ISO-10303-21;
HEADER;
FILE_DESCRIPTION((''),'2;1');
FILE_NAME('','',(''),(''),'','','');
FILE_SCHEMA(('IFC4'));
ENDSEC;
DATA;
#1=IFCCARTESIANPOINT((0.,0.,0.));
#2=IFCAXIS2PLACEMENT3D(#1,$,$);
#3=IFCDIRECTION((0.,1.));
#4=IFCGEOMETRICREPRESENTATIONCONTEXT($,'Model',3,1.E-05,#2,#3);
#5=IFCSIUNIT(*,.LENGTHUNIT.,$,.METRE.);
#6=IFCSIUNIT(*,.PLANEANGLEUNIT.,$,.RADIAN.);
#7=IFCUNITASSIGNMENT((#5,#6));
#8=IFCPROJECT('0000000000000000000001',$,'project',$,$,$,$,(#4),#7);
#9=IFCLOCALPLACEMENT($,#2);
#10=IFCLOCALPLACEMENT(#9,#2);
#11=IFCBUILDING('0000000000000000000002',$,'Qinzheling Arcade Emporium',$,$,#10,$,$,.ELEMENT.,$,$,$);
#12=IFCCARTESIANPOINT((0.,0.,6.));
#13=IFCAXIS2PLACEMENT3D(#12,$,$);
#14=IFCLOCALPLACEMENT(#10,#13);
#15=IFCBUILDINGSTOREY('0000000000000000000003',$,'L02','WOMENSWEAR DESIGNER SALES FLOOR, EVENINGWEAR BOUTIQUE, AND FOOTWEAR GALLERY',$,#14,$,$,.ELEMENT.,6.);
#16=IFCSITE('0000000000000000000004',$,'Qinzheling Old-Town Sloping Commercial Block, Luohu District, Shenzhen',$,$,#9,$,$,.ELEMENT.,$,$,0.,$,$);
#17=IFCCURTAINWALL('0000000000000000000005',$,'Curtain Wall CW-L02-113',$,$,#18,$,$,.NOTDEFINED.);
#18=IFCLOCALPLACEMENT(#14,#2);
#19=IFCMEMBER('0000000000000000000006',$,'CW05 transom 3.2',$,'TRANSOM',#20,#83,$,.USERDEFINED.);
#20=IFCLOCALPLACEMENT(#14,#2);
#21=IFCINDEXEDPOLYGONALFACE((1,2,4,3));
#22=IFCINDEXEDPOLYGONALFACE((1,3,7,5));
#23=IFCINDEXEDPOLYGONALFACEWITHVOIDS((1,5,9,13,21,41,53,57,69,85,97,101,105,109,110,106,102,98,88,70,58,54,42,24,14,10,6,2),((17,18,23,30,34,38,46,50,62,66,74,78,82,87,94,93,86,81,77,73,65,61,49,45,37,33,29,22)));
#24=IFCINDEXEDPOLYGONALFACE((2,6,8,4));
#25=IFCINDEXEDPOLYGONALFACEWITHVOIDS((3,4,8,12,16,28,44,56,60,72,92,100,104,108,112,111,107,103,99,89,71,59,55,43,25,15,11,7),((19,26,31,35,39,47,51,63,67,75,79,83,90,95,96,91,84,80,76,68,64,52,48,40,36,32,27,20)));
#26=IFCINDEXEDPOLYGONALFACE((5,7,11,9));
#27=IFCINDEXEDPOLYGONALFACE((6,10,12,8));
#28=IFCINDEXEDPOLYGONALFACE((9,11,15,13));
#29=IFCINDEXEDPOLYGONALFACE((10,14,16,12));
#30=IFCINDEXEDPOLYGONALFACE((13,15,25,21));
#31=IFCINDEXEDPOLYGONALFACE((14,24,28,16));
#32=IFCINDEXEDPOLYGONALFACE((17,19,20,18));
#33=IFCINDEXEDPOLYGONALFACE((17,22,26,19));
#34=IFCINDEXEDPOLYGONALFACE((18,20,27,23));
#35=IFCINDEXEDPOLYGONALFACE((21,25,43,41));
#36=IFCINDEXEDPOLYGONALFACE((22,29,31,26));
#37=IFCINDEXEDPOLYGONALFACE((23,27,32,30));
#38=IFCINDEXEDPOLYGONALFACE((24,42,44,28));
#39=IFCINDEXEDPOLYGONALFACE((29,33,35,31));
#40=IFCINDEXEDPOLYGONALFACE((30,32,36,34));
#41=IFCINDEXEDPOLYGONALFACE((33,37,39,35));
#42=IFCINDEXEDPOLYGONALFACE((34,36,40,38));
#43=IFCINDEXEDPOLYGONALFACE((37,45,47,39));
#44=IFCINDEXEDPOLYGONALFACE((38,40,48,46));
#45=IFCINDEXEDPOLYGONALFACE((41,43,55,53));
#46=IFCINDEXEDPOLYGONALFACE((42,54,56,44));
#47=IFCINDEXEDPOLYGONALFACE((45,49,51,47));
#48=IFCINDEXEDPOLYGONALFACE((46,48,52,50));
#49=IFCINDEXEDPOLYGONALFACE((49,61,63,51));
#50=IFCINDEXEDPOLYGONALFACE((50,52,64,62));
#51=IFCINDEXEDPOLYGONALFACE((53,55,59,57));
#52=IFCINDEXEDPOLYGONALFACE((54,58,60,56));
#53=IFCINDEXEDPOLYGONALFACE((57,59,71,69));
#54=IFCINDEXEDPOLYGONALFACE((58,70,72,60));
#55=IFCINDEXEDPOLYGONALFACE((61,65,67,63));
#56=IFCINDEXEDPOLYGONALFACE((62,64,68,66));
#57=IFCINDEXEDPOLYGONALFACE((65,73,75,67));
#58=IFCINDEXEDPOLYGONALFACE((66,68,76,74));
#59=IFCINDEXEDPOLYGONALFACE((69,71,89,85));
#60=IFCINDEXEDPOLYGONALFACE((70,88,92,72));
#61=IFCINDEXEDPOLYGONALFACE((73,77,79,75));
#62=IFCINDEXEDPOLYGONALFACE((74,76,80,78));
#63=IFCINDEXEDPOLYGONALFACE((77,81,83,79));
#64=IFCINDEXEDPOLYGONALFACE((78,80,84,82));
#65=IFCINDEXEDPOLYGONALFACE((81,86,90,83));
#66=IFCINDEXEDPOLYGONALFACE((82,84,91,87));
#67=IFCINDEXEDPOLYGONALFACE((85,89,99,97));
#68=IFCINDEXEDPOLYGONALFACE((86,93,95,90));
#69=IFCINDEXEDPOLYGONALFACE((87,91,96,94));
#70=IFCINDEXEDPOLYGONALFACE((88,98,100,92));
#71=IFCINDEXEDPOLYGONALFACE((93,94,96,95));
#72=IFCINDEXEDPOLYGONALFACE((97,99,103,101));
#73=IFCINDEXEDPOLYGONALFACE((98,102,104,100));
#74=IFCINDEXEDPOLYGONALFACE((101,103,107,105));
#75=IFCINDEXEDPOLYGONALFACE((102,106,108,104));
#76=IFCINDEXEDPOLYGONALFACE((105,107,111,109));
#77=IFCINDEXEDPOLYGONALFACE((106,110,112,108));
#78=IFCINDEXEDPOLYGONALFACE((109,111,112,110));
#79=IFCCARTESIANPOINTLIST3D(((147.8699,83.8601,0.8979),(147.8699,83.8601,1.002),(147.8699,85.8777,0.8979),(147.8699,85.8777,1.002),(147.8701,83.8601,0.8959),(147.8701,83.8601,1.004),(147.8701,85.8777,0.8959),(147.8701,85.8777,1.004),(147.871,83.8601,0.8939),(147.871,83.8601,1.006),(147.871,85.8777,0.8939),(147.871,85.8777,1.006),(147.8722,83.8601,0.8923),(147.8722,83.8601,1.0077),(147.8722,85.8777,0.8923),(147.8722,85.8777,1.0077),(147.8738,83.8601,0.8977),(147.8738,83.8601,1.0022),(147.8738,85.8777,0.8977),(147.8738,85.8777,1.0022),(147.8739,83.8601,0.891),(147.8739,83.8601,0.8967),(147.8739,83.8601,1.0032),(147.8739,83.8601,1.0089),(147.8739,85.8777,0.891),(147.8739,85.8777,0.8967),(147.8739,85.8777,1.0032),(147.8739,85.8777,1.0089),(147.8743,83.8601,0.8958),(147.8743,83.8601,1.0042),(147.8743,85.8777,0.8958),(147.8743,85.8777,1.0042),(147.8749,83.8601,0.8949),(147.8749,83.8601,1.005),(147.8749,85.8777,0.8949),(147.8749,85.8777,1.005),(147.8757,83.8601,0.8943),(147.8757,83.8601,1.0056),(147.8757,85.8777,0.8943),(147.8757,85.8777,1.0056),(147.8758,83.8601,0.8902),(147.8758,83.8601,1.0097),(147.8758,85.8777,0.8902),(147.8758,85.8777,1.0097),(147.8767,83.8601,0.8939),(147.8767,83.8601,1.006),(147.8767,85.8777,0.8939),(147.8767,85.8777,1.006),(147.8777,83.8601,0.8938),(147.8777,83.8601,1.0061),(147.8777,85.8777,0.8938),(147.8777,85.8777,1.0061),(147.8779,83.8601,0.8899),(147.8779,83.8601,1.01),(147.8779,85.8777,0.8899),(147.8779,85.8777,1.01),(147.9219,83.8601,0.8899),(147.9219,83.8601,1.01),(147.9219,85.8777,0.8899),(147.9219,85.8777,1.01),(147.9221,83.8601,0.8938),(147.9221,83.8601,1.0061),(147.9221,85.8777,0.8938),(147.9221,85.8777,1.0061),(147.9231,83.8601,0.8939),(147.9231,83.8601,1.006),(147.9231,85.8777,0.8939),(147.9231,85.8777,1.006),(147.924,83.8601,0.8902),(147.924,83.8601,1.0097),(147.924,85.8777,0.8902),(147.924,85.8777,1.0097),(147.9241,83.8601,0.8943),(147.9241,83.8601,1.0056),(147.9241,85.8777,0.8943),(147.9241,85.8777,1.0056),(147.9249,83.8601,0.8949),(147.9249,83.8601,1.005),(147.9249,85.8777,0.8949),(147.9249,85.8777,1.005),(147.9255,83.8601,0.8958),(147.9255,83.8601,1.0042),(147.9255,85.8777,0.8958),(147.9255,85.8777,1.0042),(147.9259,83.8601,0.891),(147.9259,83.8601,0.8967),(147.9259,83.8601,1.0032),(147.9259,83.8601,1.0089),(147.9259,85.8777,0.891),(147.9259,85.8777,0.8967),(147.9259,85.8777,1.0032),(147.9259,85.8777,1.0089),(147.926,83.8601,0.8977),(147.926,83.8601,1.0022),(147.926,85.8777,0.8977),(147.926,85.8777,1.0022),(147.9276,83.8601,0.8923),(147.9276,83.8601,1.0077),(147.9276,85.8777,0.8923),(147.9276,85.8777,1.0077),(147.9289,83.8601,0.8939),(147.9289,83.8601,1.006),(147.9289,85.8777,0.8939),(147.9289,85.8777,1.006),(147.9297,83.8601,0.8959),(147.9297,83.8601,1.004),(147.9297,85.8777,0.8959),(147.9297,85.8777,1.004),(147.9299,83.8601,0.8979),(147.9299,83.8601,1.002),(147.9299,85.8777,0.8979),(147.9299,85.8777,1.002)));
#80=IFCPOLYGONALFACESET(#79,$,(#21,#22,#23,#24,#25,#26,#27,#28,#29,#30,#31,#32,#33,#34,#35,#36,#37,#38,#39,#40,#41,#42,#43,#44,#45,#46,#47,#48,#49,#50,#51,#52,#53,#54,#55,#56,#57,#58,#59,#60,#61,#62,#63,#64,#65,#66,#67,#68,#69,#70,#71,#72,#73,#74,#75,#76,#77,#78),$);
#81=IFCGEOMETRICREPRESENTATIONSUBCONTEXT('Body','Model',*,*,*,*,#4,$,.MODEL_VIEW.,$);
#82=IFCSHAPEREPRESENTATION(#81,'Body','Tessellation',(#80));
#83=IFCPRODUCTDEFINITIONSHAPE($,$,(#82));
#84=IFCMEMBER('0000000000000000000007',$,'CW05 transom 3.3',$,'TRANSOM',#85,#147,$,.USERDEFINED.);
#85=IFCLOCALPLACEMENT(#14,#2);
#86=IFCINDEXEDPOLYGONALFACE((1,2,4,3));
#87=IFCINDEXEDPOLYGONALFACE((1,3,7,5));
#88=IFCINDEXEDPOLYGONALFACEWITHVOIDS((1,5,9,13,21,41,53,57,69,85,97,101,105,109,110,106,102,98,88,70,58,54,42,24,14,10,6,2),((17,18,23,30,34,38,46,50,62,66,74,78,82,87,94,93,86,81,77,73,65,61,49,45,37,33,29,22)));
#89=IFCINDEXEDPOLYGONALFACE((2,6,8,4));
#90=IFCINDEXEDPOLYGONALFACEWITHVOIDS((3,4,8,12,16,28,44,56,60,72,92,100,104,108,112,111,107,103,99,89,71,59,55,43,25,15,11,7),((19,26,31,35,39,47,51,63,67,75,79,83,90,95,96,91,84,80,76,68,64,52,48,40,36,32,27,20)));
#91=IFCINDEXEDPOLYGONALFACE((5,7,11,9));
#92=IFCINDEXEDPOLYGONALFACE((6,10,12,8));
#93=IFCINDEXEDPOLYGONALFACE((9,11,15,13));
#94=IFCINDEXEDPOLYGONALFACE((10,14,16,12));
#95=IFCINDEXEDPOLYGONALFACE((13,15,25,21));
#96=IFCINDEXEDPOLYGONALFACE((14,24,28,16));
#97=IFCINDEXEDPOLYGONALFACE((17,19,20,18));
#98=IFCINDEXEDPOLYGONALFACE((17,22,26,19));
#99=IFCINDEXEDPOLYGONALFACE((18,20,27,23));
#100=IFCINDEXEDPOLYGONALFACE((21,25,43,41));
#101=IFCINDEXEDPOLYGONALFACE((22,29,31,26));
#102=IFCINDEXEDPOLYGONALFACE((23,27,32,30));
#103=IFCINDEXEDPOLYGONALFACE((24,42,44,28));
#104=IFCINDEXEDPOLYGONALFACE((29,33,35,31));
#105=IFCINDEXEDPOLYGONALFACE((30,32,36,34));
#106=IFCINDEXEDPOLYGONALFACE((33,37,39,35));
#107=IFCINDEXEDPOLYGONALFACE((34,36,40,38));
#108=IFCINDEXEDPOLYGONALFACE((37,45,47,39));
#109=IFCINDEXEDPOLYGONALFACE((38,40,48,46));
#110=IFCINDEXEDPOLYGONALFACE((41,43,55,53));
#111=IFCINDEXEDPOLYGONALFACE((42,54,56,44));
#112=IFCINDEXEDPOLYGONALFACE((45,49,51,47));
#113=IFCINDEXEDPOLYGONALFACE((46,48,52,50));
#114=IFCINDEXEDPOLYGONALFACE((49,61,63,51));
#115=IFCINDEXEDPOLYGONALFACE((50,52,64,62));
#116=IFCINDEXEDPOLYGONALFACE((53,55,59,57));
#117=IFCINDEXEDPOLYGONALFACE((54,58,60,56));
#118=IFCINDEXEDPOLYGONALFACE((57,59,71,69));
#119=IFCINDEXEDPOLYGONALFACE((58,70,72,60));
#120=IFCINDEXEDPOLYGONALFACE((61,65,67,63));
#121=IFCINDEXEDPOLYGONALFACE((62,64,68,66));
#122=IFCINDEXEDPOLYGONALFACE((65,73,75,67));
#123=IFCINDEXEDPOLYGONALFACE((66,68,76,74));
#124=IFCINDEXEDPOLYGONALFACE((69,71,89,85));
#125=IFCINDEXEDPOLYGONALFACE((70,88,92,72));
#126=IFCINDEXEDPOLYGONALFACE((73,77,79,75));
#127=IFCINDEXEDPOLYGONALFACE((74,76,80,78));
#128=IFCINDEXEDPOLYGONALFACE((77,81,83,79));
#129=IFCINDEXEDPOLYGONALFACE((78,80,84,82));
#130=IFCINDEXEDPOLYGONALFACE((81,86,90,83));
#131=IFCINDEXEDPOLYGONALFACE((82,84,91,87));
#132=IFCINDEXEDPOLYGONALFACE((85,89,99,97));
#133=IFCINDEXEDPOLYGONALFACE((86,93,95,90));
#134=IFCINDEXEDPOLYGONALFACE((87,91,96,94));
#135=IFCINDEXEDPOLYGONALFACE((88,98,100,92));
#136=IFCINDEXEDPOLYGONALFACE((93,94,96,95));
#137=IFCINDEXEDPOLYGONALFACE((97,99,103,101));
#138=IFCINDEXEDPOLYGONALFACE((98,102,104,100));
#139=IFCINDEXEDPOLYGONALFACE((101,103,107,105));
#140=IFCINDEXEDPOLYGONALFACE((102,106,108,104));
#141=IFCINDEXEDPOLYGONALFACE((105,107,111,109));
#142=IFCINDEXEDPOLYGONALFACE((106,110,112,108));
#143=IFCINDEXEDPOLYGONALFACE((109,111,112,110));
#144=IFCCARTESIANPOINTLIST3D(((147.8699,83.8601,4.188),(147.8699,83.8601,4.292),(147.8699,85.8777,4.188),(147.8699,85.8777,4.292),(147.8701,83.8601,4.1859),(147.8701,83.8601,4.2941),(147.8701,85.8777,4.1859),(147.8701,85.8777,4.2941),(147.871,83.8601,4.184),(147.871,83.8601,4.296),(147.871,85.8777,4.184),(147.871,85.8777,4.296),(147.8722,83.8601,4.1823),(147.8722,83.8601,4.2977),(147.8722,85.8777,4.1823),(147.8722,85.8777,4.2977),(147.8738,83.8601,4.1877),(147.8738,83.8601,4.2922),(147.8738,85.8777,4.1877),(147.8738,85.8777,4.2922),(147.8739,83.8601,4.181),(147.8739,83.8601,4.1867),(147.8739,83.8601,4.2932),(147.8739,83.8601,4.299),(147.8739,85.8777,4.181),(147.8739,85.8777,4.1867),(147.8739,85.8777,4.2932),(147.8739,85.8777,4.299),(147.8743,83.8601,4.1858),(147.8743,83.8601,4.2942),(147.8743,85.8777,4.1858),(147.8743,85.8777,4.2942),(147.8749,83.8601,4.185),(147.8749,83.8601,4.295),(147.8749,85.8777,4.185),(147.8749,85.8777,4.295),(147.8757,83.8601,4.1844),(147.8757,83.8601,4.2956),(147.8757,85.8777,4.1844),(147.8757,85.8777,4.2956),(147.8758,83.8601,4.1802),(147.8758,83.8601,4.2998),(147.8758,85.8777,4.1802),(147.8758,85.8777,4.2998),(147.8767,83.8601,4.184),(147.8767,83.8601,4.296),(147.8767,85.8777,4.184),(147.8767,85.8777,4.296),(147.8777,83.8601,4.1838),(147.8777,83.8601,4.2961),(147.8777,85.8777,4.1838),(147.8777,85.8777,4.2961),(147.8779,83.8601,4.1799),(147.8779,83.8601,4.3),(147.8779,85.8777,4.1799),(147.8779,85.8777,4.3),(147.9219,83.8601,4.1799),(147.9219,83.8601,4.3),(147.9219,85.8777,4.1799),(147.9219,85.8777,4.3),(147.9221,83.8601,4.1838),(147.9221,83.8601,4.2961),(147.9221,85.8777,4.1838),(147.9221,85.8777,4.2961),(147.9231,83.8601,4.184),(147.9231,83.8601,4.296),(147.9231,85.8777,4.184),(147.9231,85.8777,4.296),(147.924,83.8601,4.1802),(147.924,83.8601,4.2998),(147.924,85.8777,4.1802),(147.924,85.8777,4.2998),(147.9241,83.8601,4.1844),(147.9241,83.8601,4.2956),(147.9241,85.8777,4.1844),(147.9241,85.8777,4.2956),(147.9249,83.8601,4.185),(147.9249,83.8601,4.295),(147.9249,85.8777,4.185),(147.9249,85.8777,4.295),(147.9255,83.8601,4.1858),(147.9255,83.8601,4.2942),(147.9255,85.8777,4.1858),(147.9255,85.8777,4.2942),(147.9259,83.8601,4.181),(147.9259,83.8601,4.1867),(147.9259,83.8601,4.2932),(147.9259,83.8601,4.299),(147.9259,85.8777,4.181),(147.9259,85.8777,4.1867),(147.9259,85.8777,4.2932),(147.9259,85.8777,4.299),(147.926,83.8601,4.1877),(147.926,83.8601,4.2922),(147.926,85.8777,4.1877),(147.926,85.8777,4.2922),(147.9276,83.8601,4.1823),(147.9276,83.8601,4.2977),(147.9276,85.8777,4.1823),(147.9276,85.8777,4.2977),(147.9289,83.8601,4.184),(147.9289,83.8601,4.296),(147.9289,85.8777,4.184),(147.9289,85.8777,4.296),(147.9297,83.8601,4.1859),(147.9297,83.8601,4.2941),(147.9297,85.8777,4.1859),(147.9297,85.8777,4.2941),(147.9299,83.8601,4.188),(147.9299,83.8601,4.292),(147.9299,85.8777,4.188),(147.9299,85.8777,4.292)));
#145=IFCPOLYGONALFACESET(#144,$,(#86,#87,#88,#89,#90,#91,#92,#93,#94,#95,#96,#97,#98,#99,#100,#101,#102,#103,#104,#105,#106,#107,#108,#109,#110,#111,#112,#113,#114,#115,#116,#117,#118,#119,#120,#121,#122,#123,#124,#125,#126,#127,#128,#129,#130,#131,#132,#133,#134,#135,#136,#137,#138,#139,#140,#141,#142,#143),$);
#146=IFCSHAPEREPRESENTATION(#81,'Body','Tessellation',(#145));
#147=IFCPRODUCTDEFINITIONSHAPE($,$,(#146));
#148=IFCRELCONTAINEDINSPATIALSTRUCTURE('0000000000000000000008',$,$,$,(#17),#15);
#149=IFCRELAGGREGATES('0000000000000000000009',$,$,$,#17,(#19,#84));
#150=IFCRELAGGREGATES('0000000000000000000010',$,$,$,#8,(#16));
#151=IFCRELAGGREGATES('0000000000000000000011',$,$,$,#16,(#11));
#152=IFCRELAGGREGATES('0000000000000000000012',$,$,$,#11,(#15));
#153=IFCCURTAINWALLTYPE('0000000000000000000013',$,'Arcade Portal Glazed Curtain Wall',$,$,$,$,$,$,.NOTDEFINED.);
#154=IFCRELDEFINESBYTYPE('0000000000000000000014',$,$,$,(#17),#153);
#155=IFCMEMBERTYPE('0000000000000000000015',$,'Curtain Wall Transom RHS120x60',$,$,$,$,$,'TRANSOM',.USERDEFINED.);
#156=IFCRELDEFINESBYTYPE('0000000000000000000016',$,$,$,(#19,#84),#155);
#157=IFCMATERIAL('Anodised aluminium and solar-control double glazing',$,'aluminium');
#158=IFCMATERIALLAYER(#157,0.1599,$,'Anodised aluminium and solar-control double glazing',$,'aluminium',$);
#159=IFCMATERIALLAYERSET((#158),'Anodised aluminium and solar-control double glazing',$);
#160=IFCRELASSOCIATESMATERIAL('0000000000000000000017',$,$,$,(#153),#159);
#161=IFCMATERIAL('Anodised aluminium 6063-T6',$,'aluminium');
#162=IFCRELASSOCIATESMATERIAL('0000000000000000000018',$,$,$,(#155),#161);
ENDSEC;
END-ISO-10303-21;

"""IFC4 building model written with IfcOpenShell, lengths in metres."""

from ifc_helpers import new_model, si_unit, direction, frame, origin, origin_2d, place, context, subcontext, project, spatial, hollow_rectangle, extrude, material, layer, layer_set, material_profile, profile_set, type_object, element, aggregate, save


model = new_model("IFC4")

# Units and contexts
model_context = context("Model", 3, precision=1e-05, world=origin(), true_north=direction((0.0, 1.0)))
body_context = subcontext(model_context, "Body", "Model", "MODEL_VIEW")
ifc_project = project(units=[si_unit("LENGTHUNIT", "METRE"), si_unit("PLANEANGLEUNIT", "RADIAN")], contexts=[model_context])

# Site, building, storey
site_placement = place(None, origin())
site = spatial("IfcSite", under=ifc_project, at=site_placement, Name="Qinzheling Old-Town Sloping Commercial Block, Luohu District, Shenzhen", CompositionType="ELEMENT", RefElevation=0.0)
building_placement = place(site_placement, origin())
building = spatial("IfcBuilding", under=site, at=building_placement, Name="Qinzheling Arcade Emporium", CompositionType="ELEMENT")
storey_placement = place(building_placement, frame((0.0, 0.0, 6.0)))
storey = spatial("IfcBuildingStorey", under=building, at=storey_placement, Name="L02", Description="WOMENSWEAR DESIGNER SALES FLOOR, EVENINGWEAR BOUTIQUE, AND FOOTWEAR GALLERY", CompositionType="ELEMENT", Elevation=6.0)

# Curtain wall
ifc_material_1 = material(Name="Anodised aluminium and solar-control double glazing", Category="aluminium")
ifc_layer_1 = layer(ifc_material_1, 0.1599, Name="Anodised aluminium and solar-control double glazing", Category="aluminium")
ifc_layer_set_1 = layer_set([ifc_layer_1], Name="Anodised aluminium and solar-control double glazing")
curtain_wall_type_1 = type_object("IfcCurtainWallType", Name="Arcade Portal Glazed Curtain Wall", PredefinedType="NOTDEFINED", material=ifc_layer_set_1)
curtain_wall_1_placement = place(storey_placement, origin())
curtain_wall_1 = element("IfcCurtainWall", 1, at=curtain_wall_1_placement, inside=storey, type_object=curtain_wall_type_1, Name="Curtain Wall CW-L02-113", PredefinedType="NOTDEFINED")
ifc_material_2 = material(Name="Anodised aluminium 6063-T6", Category="aluminium")

# Members
ifc_material_profile_1 = material_profile(ifc_material_2, hollow_rectangle(XDim=0.0601, YDim=0.1201, WallThickness=0.0039, InnerFilletRadius=0.0039, OuterFilletRadius=0.0081, at=origin_2d()), Name="RHS 120x60x4", Category="aluminium")
ifc_profile_set_1 = profile_set([ifc_material_profile_1], Name="Anodised aluminium 6063-T6")
member_type_1 = type_object("IfcMemberType", Name="Curtain Wall Transom RHS120x60", ElementType="TRANSOM", PredefinedType="USERDEFINED", material=ifc_profile_set_1)
member_1_placement = place(storey_placement, frame((147.8999, 85.8777, 0.95), z_axis=(0.0, -1.0, 0.0), x_axis=(1.0, 0.0, 0.0)))
member_1 = element("IfcMember", 2, at=member_1_placement, type_object=member_type_1, Name="CW05 transom 3.2", ObjectType="TRANSOM", PredefinedType="USERDEFINED", context=body_context, shape_type="SweptSolid", body=[
    extrude(hollow_rectangle(XDim=0.0601, YDim=0.1201, WallThickness=0.0039, InnerFilletRadius=0.0039, OuterFilletRadius=0.0081, at=origin_2d()), origin(), (0.0, 0.0, 1.0), 2.0176),
])
member_2_placement = place(storey_placement, frame((147.8999, 85.8777, 4.24), z_axis=(0.0, -1.0, 0.0), x_axis=(1.0, 0.0, 0.0)))
member_2 = element("IfcMember", 3, at=member_2_placement, type_object=member_type_1, Name="CW05 transom 3.3", ObjectType="TRANSOM", PredefinedType="USERDEFINED", context=body_context, shape_type="SweptSolid", body=[
    extrude(hollow_rectangle(XDim=0.0601, YDim=0.1201, WallThickness=0.0039, InnerFilletRadius=0.0039, OuterFilletRadius=0.0081, at=origin_2d()), origin(), (0.0, 0.0, 1.0), 2.0176),
])

aggregate(curtain_wall_1, [member_1, member_2])

save(model, "model.ifc")
